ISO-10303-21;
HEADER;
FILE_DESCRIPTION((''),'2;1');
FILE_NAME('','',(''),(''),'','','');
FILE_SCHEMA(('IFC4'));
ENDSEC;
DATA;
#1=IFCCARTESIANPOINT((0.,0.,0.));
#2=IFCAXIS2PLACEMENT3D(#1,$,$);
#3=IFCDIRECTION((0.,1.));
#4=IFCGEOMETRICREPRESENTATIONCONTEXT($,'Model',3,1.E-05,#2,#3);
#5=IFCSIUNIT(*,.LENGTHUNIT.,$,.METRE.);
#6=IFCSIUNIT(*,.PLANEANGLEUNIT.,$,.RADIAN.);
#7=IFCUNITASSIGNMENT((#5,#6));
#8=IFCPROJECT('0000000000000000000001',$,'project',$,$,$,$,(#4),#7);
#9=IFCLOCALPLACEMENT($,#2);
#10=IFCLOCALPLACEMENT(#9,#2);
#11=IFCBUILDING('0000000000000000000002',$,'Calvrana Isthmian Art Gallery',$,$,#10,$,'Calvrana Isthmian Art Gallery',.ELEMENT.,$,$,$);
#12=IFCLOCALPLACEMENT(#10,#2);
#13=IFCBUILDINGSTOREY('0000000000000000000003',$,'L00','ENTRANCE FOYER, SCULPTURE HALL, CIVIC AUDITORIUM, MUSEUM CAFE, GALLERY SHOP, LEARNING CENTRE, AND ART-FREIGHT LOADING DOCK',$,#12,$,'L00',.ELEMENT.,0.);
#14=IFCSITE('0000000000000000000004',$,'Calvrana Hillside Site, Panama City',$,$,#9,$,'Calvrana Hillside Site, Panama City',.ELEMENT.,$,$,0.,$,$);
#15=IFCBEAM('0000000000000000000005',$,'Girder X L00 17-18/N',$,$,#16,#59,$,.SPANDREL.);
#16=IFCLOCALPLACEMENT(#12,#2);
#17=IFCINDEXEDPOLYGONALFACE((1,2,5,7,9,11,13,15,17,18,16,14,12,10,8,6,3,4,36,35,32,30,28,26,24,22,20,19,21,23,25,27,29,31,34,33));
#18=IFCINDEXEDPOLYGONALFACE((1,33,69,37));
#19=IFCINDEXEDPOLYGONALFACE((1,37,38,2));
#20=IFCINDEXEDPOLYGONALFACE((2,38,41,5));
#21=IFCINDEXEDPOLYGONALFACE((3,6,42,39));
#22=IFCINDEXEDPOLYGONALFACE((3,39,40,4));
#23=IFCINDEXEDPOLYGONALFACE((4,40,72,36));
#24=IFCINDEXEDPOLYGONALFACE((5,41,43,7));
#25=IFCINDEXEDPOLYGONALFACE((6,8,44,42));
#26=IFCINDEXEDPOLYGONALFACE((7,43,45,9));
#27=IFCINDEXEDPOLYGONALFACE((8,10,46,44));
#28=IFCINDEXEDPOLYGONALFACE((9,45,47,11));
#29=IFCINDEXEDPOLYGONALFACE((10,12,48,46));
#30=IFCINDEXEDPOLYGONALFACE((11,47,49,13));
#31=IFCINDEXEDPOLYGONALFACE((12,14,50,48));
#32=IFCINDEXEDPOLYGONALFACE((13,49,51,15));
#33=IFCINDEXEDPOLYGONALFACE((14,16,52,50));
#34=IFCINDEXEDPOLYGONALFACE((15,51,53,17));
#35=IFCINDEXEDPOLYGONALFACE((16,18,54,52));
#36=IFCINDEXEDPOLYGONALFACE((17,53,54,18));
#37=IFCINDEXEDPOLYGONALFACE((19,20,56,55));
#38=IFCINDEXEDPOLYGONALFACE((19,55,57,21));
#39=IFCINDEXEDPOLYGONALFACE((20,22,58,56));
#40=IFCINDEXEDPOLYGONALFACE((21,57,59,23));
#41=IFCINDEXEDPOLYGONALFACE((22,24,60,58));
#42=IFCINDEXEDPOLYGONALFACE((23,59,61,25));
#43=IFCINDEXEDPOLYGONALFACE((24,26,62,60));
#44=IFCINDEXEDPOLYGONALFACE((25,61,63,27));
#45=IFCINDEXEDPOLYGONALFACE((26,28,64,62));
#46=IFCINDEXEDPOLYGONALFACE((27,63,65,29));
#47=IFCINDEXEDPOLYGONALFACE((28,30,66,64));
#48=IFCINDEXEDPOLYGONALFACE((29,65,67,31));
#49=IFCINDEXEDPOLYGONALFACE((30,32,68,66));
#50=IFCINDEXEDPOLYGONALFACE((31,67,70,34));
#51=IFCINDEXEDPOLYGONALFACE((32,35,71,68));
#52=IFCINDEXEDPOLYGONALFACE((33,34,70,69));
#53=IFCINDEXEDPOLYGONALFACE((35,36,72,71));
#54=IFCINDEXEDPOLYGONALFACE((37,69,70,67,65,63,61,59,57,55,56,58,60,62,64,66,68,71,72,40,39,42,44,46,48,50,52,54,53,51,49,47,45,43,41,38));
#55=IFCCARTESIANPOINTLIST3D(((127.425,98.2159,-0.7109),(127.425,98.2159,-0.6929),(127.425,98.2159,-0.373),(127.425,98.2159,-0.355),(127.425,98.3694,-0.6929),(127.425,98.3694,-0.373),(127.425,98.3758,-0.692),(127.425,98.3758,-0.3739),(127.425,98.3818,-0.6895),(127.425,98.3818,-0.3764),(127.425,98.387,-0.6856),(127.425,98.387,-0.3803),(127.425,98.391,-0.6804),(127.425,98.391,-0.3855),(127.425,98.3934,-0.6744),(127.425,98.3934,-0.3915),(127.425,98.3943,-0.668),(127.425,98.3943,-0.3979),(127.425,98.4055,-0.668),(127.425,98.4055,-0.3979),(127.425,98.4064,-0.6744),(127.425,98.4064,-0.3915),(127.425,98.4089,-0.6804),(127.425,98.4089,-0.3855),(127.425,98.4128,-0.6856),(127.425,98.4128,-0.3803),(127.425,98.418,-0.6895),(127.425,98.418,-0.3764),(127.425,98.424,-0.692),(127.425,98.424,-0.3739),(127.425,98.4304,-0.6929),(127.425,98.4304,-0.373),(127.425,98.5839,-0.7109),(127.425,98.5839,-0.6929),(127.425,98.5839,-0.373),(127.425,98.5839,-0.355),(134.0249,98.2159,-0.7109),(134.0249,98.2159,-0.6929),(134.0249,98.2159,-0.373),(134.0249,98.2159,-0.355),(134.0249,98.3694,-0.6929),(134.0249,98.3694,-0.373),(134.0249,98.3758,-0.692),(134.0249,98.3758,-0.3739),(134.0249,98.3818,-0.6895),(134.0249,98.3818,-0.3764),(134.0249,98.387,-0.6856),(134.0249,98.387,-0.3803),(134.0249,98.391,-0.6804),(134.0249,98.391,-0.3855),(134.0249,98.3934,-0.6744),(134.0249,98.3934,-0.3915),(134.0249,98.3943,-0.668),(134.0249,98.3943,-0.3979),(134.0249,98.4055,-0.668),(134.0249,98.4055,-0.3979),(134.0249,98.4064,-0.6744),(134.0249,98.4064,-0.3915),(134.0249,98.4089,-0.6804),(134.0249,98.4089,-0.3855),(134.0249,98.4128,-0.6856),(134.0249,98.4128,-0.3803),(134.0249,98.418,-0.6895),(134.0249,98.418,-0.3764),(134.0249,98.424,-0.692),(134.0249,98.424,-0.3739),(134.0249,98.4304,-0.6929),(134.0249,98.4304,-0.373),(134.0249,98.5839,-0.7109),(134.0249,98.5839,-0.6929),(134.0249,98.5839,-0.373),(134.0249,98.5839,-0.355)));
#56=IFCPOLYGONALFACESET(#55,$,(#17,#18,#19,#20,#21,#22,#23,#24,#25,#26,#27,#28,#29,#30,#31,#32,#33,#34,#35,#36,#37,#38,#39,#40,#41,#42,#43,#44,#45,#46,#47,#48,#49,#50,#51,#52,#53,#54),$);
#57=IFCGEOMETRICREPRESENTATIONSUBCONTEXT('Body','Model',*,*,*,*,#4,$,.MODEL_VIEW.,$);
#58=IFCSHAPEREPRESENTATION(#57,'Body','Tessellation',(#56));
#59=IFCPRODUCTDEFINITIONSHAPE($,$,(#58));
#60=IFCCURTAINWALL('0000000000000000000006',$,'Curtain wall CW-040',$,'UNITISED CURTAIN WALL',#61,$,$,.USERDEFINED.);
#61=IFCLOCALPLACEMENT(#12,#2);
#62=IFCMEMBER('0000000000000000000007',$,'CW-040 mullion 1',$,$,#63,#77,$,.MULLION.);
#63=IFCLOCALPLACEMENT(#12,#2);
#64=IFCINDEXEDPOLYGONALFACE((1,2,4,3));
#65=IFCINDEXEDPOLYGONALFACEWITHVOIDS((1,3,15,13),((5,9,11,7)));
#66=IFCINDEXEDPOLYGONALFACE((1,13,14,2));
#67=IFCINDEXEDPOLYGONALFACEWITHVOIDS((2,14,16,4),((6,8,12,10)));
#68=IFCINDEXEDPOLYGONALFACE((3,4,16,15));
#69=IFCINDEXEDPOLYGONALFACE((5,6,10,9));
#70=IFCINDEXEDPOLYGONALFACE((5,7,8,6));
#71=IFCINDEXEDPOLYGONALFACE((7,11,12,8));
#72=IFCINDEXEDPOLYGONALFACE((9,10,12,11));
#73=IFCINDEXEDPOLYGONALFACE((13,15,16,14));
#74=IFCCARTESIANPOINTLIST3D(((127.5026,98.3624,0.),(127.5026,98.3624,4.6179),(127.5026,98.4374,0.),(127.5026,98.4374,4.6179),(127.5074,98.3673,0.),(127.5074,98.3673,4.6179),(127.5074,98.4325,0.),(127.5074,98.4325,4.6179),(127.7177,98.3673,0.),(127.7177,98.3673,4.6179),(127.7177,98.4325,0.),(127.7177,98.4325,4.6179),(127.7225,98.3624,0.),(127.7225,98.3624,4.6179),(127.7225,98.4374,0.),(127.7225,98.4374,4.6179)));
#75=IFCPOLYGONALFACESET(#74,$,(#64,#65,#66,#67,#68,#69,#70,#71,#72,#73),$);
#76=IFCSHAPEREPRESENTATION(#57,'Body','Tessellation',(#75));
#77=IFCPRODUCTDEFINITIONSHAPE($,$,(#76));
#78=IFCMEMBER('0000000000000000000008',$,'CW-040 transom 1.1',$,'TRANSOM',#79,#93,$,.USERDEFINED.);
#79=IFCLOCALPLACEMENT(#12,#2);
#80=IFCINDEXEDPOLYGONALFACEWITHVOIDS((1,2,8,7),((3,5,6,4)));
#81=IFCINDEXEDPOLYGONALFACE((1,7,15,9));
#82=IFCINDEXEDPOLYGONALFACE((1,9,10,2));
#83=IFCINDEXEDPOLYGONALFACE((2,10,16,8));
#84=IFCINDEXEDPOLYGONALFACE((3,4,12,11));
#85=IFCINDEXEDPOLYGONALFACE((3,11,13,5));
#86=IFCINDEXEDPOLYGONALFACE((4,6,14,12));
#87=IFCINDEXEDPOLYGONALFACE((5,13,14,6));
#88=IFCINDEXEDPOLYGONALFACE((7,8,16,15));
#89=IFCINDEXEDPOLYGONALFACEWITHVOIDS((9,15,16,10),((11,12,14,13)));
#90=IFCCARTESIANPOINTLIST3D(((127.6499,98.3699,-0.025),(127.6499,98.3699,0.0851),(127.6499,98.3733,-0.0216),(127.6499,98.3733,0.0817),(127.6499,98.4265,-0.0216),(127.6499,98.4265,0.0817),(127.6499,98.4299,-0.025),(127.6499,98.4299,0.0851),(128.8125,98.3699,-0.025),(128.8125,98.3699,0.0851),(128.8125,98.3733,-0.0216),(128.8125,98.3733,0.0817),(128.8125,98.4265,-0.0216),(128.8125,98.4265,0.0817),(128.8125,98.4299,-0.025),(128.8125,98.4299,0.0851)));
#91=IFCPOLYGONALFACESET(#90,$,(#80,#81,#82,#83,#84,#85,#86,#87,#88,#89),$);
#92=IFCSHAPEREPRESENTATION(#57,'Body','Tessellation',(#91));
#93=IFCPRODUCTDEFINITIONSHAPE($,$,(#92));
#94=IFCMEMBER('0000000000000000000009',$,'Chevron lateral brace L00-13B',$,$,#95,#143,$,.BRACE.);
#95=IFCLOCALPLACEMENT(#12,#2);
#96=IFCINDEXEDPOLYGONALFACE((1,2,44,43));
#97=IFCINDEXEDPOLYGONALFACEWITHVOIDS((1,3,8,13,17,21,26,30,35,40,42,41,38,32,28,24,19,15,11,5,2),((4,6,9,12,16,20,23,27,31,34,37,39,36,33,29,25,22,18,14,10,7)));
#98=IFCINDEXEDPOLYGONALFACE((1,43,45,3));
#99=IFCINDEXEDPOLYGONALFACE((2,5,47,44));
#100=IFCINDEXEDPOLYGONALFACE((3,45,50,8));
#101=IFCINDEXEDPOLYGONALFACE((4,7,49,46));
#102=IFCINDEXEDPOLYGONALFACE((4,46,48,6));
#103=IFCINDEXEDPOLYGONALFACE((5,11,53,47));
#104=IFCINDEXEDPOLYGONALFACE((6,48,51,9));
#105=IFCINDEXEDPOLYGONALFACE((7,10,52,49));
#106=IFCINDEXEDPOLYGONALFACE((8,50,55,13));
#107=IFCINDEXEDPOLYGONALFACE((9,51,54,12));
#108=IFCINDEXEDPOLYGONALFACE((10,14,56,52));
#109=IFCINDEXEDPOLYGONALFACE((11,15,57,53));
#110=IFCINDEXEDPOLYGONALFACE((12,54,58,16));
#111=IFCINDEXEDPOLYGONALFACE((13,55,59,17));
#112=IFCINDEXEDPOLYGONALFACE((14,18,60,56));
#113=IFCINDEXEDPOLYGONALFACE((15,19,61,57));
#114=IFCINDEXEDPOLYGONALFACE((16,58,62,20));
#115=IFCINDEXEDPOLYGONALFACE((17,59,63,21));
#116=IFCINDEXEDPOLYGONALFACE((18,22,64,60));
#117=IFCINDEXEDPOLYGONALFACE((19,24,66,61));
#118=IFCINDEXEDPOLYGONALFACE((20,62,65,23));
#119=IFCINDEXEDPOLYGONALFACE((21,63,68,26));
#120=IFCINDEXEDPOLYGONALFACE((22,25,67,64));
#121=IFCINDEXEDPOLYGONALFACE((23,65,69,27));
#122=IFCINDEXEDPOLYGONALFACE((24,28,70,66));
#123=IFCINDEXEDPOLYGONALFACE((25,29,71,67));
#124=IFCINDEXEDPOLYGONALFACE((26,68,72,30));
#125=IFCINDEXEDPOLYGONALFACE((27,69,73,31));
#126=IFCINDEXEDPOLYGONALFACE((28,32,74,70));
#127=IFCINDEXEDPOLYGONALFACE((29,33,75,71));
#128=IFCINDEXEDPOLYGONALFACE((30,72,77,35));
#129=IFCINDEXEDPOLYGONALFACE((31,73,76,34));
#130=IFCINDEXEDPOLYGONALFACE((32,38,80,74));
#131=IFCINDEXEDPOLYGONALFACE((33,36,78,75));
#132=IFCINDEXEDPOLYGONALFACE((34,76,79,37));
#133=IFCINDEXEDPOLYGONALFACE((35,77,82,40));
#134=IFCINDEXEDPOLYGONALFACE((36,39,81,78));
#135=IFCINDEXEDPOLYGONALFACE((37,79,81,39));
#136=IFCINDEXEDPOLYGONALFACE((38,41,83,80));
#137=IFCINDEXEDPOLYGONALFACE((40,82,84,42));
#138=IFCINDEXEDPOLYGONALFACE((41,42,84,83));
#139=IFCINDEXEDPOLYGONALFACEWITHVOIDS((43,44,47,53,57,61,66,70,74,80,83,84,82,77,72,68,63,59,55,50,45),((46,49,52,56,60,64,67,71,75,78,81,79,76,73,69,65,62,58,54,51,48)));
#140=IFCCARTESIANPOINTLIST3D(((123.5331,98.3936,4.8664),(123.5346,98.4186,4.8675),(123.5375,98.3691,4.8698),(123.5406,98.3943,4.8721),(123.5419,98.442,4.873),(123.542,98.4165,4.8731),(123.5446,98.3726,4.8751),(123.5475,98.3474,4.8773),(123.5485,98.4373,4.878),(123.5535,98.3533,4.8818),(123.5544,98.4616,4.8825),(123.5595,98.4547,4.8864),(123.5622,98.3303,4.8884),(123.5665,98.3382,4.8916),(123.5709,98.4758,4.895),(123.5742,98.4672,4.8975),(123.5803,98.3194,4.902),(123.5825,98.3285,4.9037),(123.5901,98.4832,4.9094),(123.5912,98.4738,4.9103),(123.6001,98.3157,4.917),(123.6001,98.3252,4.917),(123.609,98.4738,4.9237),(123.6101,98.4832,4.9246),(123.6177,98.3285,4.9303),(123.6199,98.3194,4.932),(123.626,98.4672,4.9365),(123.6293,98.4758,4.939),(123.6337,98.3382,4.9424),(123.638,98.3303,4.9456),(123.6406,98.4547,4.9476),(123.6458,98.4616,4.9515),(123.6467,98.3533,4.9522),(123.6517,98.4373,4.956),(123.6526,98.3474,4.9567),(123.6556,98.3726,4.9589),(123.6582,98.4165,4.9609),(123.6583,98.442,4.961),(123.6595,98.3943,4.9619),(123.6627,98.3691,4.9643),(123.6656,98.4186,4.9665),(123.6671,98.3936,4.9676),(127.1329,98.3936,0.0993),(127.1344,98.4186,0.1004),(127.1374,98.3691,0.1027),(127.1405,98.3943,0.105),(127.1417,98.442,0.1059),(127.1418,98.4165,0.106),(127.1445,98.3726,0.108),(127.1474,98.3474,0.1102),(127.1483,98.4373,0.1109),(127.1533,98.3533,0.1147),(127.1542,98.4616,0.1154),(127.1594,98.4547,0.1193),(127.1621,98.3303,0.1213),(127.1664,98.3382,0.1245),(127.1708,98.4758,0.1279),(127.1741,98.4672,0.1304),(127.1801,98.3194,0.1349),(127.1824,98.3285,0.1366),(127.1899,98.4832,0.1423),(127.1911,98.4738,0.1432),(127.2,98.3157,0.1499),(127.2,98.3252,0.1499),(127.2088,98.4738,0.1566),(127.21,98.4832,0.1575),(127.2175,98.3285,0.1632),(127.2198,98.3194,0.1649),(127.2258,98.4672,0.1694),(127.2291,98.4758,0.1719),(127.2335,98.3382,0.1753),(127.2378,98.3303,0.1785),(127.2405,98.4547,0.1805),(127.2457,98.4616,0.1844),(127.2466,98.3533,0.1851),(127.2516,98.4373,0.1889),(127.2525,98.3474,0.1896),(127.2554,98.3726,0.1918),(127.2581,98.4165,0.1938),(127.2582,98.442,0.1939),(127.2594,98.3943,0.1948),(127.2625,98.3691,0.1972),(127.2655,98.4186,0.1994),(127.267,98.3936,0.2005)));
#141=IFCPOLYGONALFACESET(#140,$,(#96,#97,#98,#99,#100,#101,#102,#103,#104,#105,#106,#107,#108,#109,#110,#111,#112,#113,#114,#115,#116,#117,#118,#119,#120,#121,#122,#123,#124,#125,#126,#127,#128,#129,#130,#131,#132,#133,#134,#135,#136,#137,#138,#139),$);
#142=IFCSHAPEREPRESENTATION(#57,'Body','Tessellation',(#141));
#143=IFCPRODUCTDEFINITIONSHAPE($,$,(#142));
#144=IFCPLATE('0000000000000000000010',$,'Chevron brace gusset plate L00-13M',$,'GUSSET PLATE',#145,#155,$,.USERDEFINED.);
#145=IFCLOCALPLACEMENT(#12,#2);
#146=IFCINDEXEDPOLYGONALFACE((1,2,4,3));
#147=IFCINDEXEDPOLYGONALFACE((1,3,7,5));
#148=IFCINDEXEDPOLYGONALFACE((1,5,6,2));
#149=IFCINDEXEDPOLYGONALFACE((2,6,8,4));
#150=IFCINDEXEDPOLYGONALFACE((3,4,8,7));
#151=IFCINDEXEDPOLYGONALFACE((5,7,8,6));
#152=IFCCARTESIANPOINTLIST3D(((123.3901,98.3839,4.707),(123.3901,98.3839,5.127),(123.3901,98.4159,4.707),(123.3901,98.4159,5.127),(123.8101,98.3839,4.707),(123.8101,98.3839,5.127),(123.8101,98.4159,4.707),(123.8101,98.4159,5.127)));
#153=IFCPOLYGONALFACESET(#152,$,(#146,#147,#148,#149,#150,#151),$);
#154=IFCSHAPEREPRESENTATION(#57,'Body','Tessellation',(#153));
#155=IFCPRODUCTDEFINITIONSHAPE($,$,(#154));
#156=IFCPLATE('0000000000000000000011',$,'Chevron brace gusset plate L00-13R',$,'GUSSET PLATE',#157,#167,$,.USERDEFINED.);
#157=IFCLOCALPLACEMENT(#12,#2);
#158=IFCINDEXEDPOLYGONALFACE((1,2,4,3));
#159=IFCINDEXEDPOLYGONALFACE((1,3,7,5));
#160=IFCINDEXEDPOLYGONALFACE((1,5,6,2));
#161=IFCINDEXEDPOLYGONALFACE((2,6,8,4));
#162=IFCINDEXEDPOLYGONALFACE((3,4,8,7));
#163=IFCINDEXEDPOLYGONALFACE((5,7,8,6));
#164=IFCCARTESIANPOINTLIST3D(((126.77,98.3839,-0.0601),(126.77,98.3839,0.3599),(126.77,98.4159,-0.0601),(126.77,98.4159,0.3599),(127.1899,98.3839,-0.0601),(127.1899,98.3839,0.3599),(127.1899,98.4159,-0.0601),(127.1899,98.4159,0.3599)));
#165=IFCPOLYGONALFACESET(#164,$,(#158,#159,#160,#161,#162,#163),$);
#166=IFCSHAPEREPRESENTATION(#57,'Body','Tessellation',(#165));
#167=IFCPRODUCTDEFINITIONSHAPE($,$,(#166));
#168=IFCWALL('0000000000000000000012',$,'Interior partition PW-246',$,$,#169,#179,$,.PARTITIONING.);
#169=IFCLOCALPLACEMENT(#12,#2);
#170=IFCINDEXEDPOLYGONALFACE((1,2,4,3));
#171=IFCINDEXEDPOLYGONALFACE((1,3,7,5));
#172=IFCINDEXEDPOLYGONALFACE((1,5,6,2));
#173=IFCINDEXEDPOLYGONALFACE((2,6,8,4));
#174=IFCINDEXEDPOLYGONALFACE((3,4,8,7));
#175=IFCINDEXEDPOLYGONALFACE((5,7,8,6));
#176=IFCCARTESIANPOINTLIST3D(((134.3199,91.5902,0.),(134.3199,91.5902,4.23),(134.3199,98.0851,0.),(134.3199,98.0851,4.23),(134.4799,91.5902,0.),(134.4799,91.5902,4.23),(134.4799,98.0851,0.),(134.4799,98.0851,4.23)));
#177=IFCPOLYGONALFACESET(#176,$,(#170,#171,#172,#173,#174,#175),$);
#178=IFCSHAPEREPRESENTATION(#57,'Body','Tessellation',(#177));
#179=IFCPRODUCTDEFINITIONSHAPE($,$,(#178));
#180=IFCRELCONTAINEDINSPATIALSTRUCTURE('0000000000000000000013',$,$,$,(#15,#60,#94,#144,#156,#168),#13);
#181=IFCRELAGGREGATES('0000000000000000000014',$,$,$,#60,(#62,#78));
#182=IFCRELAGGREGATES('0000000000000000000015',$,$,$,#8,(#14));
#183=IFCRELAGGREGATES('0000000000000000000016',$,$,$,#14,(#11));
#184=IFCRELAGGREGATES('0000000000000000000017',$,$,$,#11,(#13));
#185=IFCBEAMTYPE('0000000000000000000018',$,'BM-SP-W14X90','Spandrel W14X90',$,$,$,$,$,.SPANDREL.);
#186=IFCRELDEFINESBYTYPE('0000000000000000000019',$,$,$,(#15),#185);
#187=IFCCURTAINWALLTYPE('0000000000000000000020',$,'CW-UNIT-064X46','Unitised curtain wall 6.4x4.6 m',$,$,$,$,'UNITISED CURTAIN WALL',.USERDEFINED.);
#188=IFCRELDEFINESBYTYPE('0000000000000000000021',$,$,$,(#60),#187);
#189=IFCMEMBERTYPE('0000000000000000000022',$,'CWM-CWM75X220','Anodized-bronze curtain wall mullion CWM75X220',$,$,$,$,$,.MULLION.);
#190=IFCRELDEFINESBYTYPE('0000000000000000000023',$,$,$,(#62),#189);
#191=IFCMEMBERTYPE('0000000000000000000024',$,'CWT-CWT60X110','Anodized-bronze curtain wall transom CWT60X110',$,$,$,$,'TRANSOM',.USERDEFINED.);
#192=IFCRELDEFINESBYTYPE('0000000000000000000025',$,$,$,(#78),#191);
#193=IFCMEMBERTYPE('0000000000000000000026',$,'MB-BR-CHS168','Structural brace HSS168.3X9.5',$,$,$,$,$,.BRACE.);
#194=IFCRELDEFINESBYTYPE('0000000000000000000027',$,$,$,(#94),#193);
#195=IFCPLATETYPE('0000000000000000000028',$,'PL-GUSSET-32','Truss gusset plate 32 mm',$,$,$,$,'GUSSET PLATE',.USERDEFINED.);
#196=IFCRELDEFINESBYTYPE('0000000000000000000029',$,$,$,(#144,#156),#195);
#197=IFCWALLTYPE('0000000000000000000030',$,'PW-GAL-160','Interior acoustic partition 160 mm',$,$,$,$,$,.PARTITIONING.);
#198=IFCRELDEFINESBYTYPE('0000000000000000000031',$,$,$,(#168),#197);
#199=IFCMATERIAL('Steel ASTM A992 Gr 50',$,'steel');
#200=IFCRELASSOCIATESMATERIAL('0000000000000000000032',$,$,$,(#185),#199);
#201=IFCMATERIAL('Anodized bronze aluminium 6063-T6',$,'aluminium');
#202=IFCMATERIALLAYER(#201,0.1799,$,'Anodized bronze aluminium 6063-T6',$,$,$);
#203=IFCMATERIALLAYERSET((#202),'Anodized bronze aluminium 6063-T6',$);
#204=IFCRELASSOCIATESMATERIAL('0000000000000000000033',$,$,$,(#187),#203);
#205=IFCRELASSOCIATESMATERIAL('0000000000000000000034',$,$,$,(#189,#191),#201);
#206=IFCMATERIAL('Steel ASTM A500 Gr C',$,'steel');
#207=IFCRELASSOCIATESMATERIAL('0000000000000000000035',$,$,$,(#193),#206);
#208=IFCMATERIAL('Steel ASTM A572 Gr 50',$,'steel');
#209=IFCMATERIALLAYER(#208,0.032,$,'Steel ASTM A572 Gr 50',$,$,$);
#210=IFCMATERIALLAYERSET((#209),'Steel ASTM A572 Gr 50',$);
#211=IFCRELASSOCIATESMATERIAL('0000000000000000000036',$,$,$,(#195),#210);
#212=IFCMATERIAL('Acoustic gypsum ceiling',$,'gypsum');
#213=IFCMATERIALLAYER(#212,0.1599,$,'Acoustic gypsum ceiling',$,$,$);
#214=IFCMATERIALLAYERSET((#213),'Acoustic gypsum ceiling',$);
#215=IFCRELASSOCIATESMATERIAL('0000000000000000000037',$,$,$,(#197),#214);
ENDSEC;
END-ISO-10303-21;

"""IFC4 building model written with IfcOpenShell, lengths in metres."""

from ifc_helpers import new_model, si_unit, direction, frame, frame_2d, origin, origin_2d, place, context, subcontext, project, spatial, rectangle, hollow_rectangle, hollow_circle, i_section, extrude, material, layer, layer_set, material_profile, profile_set, type_object, element, aggregate, save


model = new_model("IFC4")

# Units and contexts
model_context = context("Model", 3, precision=1e-05, world=origin(), true_north=direction((0.0, 1.0)))
body_context = subcontext(model_context, "Body", "Model", "MODEL_VIEW")
ifc_project = project(units=[si_unit("LENGTHUNIT", "METRE"), si_unit("PLANEANGLEUNIT", "RADIAN")], contexts=[model_context])

# Site, building, storey
site_placement = place(None, origin())
site = spatial("IfcSite", under=ifc_project, at=site_placement, Name="Calvrana Hillside Site, Panama City", LongName="Calvrana Hillside Site, Panama City", CompositionType="ELEMENT", RefElevation=0.0)
building_placement = place(site_placement, origin())
building = spatial("IfcBuilding", under=site, at=building_placement, Name="Calvrana Isthmian Art Gallery", LongName="Calvrana Isthmian Art Gallery", CompositionType="ELEMENT")
storey_placement = place(building_placement, origin())
storey = spatial("IfcBuildingStorey", under=building, at=storey_placement, Name="L00", Description="ENTRANCE FOYER, SCULPTURE HALL, CIVIC AUDITORIUM, MUSEUM CAFE, GALLERY SHOP, LEARNING CENTRE, AND ART-FREIGHT LOADING DOCK", LongName="L00", CompositionType="ELEMENT", Elevation=0.0)

# Beam
ifc_material_1 = material(Name="Steel ASTM A992 Gr 50", Category="steel")
ifc_material_profile_1 = material_profile(ifc_material_1, i_section(OverallWidth=0.3679, OverallDepth=0.356, WebThickness=0.0112, FlangeThickness=0.0181, FilletRadius=0.0249, at=origin_2d()), Name="W14X90")
ifc_profile_set_1 = profile_set([ifc_material_profile_1], Name="Steel ASTM A992 Gr 50")
beam_type_1 = type_object("IfcBeamType", Name="BM-SP-W14X90", Description="Spandrel W14X90", PredefinedType="SPANDREL", material=ifc_profile_set_1)
beam_1_placement = place(storey_placement, frame((127.425, 98.3999, -0.533), z_axis=(1.0, 0.0, 0.0), x_axis=(0.0, 1.0, 0.0)))
element("IfcBeam", 1, at=beam_1_placement, inside=storey, type_object=beam_type_1, Name="Girder X L00 17-18/N", PredefinedType="SPANDREL", context=body_context, shape_type="SweptSolid", body=[
    extrude(i_section(OverallWidth=0.3679, OverallDepth=0.356, WebThickness=0.0112, FlangeThickness=0.0181, FilletRadius=0.0249, at=origin_2d()), origin(), (0.0, 0.0, 1.0), 6.5999),
])

# Curtain wall, members
ifc_material_2 = material(Name="Anodized bronze aluminium 6063-T6", Category="aluminium")
ifc_layer_1 = layer(ifc_material_2, 0.1799, Name="Anodized bronze aluminium 6063-T6")
ifc_layer_set_1 = layer_set([ifc_layer_1], Name="Anodized bronze aluminium 6063-T6")
curtain_wall_type = type_object("IfcCurtainWallType", Name="CW-UNIT-064X46", Description="Unitised curtain wall 6.4x4.6 m", ElementType="UNITISED CURTAIN WALL", PredefinedType="USERDEFINED", material=ifc_layer_set_1)
curtain_wall_placement = place(storey_placement, origin())
curtain_wall = element("IfcCurtainWall", 2, at=curtain_wall_placement, inside=storey, type_object=curtain_wall_type, Name="Curtain wall CW-040", ObjectType="UNITISED CURTAIN WALL", PredefinedType="USERDEFINED")
ifc_material_profile_2 = material_profile(ifc_material_2, hollow_rectangle(XDim=0.075, YDim=0.22, WallThickness=0.0049, at=origin_2d()), Name="CWM75X220")
ifc_profile_set_2 = profile_set([ifc_material_profile_2], Name="Anodized bronze aluminium 6063-T6")
member_type_1 = type_object("IfcMemberType", Name="CWM-CWM75X220", Description="Anodized-bronze curtain wall mullion CWM75X220", PredefinedType="MULLION", material=ifc_profile_set_2)
member_1_placement = place(storey_placement, frame((127.6125, 98.3999, 0.0), z_axis=(0.0, 0.0, 1.0), x_axis=(0.0, 1.0, 0.0)))
member_1 = element("IfcMember", 3, at=member_1_placement, type_object=member_type_1, Name="CW-040 mullion 1", PredefinedType="MULLION", context=body_context, shape_type="SweptSolid", body=[
    extrude(hollow_rectangle(XDim=0.075, YDim=0.22, WallThickness=0.0049, at=origin_2d()), origin(), (0.0, 0.0, 1.0), 4.6179),
])
ifc_material_profile_3 = material_profile(ifc_material_2, hollow_rectangle(XDim=0.0601, YDim=0.1101, WallThickness=0.0034, at=origin_2d()), Name="CWT60X110")
ifc_profile_set_3 = profile_set([ifc_material_profile_3], Name="Anodized bronze aluminium 6063-T6")
member_type_2 = type_object("IfcMemberType", Name="CWT-CWT60X110", Description="Anodized-bronze curtain wall transom CWT60X110", ElementType="TRANSOM", PredefinedType="USERDEFINED", material=ifc_profile_set_3)
member_2_placement = place(storey_placement, frame((127.6499, 98.3999, 0.03), z_axis=(1.0, 0.0, 0.0), x_axis=(0.0, 1.0, 0.0)))
member_2 = element("IfcMember", 4, at=member_2_placement, type_object=member_type_2, Name="CW-040 transom 1.1", ObjectType="TRANSOM", PredefinedType="USERDEFINED", context=body_context, shape_type="SweptSolid", body=[
    extrude(hollow_rectangle(XDim=0.0601, YDim=0.1101, WallThickness=0.0034, at=origin_2d()), origin(), (0.0, 0.0, 1.0), 1.1626),
])
aggregate(curtain_wall, [member_1, member_2])

# Member
ifc_material_3 = material(Name="Steel ASTM A500 Gr C", Category="steel")
ifc_material_profile_4 = material_profile(ifc_material_3, hollow_circle(Radius=0.0842, WallThickness=0.0095, at=origin_2d()), Name="HSS168.3X9.5")
ifc_profile_set_4 = profile_set([ifc_material_profile_4], Name="Steel ASTM A500 Gr C")
member_type_3 = type_object("IfcMemberType", Name="MB-BR-CHS168", Description="Structural brace HSS168.3X9.5", PredefinedType="BRACE", material=ifc_profile_set_4)
member_3_placement = place(storey_placement, frame((127.2, 98.3999, 0.1499), z_axis=(-0.602626, 0.0, 0.798024), x_axis=(0.0, -1.0, 0.0)))
element("IfcMember", 5, at=member_3_placement, inside=storey, type_object=member_type_3, Name="Chevron lateral brace L00-13B", PredefinedType="BRACE", context=body_context, shape_type="SweptSolid", body=[
    extrude(hollow_circle(Radius=0.0842, WallThickness=0.0095, at=origin_2d()), origin(), (0.0, 0.0, 1.0), 5.9736),
])

# Plates
ifc_material_4 = material(Name="Steel ASTM A572 Gr 50", Category="steel")
ifc_layer_2 = layer(ifc_material_4, 0.032, Name="Steel ASTM A572 Gr 50")
ifc_layer_set_2 = layer_set([ifc_layer_2], Name="Steel ASTM A572 Gr 50")
plate_type = type_object("IfcPlateType", Name="PL-GUSSET-32", Description="Truss gusset plate 32 mm", ElementType="GUSSET PLATE", PredefinedType="USERDEFINED", material=ifc_layer_set_2)
for number, where, z_axis, x_axis, name in (
    (6, (123.6001, 98.3999, 4.707), (0.0, 0.0, 1.0), (1.0, 0.0, 0.0), "Chevron brace gusset plate L00-13M"),
    (7, (126.98, 98.3999, -0.0601), (0.0, 0.0, 1.0), (1.0, 0.0, 0.0), "Chevron brace gusset plate L00-13R"),
):
    element("IfcPlate", number, at=place(storey_placement, frame(where, z_axis=z_axis, x_axis=x_axis)), inside=storey, type_object=plate_type, Name=name, ObjectType="GUSSET PLATE", PredefinedType="USERDEFINED", context=body_context, shape_type="SweptSolid", body=[
        extrude(rectangle(XDim=0.4199, YDim=0.032, at=origin_2d()), origin(), (0.0, 0.0, 1.0), 0.4199),
    ])

# Wall
ifc_material_5 = material(Name="Acoustic gypsum ceiling", Category="gypsum")
ifc_layer_3 = layer(ifc_material_5, 0.1599, Name="Acoustic gypsum ceiling")
ifc_layer_set_3 = layer_set([ifc_layer_3], Name="Acoustic gypsum ceiling")
wall_type = type_object("IfcWallType", Name="PW-GAL-160", Description="Interior acoustic partition 160 mm", PredefinedType="PARTITIONING", material=ifc_layer_set_3)
wall_1_placement = place(storey_placement, frame((134.3999, 91.5901, 0.0), z_axis=(0.0, 0.0, 1.0), x_axis=(0.0, 1.0, 0.0)))
element("IfcWall", 8, at=wall_1_placement, inside=storey, type_object=wall_type, Name="Interior partition PW-246", PredefinedType="PARTITIONING", context=body_context, shape_type="SweptSolid", body=[
    extrude(rectangle(XDim=6.4949, YDim=0.1599, at=frame_2d((3.2476, 0.0))), origin(), (0.0, 0.0, 1.0), 4.23),
])

save(model, "model.ifc")
